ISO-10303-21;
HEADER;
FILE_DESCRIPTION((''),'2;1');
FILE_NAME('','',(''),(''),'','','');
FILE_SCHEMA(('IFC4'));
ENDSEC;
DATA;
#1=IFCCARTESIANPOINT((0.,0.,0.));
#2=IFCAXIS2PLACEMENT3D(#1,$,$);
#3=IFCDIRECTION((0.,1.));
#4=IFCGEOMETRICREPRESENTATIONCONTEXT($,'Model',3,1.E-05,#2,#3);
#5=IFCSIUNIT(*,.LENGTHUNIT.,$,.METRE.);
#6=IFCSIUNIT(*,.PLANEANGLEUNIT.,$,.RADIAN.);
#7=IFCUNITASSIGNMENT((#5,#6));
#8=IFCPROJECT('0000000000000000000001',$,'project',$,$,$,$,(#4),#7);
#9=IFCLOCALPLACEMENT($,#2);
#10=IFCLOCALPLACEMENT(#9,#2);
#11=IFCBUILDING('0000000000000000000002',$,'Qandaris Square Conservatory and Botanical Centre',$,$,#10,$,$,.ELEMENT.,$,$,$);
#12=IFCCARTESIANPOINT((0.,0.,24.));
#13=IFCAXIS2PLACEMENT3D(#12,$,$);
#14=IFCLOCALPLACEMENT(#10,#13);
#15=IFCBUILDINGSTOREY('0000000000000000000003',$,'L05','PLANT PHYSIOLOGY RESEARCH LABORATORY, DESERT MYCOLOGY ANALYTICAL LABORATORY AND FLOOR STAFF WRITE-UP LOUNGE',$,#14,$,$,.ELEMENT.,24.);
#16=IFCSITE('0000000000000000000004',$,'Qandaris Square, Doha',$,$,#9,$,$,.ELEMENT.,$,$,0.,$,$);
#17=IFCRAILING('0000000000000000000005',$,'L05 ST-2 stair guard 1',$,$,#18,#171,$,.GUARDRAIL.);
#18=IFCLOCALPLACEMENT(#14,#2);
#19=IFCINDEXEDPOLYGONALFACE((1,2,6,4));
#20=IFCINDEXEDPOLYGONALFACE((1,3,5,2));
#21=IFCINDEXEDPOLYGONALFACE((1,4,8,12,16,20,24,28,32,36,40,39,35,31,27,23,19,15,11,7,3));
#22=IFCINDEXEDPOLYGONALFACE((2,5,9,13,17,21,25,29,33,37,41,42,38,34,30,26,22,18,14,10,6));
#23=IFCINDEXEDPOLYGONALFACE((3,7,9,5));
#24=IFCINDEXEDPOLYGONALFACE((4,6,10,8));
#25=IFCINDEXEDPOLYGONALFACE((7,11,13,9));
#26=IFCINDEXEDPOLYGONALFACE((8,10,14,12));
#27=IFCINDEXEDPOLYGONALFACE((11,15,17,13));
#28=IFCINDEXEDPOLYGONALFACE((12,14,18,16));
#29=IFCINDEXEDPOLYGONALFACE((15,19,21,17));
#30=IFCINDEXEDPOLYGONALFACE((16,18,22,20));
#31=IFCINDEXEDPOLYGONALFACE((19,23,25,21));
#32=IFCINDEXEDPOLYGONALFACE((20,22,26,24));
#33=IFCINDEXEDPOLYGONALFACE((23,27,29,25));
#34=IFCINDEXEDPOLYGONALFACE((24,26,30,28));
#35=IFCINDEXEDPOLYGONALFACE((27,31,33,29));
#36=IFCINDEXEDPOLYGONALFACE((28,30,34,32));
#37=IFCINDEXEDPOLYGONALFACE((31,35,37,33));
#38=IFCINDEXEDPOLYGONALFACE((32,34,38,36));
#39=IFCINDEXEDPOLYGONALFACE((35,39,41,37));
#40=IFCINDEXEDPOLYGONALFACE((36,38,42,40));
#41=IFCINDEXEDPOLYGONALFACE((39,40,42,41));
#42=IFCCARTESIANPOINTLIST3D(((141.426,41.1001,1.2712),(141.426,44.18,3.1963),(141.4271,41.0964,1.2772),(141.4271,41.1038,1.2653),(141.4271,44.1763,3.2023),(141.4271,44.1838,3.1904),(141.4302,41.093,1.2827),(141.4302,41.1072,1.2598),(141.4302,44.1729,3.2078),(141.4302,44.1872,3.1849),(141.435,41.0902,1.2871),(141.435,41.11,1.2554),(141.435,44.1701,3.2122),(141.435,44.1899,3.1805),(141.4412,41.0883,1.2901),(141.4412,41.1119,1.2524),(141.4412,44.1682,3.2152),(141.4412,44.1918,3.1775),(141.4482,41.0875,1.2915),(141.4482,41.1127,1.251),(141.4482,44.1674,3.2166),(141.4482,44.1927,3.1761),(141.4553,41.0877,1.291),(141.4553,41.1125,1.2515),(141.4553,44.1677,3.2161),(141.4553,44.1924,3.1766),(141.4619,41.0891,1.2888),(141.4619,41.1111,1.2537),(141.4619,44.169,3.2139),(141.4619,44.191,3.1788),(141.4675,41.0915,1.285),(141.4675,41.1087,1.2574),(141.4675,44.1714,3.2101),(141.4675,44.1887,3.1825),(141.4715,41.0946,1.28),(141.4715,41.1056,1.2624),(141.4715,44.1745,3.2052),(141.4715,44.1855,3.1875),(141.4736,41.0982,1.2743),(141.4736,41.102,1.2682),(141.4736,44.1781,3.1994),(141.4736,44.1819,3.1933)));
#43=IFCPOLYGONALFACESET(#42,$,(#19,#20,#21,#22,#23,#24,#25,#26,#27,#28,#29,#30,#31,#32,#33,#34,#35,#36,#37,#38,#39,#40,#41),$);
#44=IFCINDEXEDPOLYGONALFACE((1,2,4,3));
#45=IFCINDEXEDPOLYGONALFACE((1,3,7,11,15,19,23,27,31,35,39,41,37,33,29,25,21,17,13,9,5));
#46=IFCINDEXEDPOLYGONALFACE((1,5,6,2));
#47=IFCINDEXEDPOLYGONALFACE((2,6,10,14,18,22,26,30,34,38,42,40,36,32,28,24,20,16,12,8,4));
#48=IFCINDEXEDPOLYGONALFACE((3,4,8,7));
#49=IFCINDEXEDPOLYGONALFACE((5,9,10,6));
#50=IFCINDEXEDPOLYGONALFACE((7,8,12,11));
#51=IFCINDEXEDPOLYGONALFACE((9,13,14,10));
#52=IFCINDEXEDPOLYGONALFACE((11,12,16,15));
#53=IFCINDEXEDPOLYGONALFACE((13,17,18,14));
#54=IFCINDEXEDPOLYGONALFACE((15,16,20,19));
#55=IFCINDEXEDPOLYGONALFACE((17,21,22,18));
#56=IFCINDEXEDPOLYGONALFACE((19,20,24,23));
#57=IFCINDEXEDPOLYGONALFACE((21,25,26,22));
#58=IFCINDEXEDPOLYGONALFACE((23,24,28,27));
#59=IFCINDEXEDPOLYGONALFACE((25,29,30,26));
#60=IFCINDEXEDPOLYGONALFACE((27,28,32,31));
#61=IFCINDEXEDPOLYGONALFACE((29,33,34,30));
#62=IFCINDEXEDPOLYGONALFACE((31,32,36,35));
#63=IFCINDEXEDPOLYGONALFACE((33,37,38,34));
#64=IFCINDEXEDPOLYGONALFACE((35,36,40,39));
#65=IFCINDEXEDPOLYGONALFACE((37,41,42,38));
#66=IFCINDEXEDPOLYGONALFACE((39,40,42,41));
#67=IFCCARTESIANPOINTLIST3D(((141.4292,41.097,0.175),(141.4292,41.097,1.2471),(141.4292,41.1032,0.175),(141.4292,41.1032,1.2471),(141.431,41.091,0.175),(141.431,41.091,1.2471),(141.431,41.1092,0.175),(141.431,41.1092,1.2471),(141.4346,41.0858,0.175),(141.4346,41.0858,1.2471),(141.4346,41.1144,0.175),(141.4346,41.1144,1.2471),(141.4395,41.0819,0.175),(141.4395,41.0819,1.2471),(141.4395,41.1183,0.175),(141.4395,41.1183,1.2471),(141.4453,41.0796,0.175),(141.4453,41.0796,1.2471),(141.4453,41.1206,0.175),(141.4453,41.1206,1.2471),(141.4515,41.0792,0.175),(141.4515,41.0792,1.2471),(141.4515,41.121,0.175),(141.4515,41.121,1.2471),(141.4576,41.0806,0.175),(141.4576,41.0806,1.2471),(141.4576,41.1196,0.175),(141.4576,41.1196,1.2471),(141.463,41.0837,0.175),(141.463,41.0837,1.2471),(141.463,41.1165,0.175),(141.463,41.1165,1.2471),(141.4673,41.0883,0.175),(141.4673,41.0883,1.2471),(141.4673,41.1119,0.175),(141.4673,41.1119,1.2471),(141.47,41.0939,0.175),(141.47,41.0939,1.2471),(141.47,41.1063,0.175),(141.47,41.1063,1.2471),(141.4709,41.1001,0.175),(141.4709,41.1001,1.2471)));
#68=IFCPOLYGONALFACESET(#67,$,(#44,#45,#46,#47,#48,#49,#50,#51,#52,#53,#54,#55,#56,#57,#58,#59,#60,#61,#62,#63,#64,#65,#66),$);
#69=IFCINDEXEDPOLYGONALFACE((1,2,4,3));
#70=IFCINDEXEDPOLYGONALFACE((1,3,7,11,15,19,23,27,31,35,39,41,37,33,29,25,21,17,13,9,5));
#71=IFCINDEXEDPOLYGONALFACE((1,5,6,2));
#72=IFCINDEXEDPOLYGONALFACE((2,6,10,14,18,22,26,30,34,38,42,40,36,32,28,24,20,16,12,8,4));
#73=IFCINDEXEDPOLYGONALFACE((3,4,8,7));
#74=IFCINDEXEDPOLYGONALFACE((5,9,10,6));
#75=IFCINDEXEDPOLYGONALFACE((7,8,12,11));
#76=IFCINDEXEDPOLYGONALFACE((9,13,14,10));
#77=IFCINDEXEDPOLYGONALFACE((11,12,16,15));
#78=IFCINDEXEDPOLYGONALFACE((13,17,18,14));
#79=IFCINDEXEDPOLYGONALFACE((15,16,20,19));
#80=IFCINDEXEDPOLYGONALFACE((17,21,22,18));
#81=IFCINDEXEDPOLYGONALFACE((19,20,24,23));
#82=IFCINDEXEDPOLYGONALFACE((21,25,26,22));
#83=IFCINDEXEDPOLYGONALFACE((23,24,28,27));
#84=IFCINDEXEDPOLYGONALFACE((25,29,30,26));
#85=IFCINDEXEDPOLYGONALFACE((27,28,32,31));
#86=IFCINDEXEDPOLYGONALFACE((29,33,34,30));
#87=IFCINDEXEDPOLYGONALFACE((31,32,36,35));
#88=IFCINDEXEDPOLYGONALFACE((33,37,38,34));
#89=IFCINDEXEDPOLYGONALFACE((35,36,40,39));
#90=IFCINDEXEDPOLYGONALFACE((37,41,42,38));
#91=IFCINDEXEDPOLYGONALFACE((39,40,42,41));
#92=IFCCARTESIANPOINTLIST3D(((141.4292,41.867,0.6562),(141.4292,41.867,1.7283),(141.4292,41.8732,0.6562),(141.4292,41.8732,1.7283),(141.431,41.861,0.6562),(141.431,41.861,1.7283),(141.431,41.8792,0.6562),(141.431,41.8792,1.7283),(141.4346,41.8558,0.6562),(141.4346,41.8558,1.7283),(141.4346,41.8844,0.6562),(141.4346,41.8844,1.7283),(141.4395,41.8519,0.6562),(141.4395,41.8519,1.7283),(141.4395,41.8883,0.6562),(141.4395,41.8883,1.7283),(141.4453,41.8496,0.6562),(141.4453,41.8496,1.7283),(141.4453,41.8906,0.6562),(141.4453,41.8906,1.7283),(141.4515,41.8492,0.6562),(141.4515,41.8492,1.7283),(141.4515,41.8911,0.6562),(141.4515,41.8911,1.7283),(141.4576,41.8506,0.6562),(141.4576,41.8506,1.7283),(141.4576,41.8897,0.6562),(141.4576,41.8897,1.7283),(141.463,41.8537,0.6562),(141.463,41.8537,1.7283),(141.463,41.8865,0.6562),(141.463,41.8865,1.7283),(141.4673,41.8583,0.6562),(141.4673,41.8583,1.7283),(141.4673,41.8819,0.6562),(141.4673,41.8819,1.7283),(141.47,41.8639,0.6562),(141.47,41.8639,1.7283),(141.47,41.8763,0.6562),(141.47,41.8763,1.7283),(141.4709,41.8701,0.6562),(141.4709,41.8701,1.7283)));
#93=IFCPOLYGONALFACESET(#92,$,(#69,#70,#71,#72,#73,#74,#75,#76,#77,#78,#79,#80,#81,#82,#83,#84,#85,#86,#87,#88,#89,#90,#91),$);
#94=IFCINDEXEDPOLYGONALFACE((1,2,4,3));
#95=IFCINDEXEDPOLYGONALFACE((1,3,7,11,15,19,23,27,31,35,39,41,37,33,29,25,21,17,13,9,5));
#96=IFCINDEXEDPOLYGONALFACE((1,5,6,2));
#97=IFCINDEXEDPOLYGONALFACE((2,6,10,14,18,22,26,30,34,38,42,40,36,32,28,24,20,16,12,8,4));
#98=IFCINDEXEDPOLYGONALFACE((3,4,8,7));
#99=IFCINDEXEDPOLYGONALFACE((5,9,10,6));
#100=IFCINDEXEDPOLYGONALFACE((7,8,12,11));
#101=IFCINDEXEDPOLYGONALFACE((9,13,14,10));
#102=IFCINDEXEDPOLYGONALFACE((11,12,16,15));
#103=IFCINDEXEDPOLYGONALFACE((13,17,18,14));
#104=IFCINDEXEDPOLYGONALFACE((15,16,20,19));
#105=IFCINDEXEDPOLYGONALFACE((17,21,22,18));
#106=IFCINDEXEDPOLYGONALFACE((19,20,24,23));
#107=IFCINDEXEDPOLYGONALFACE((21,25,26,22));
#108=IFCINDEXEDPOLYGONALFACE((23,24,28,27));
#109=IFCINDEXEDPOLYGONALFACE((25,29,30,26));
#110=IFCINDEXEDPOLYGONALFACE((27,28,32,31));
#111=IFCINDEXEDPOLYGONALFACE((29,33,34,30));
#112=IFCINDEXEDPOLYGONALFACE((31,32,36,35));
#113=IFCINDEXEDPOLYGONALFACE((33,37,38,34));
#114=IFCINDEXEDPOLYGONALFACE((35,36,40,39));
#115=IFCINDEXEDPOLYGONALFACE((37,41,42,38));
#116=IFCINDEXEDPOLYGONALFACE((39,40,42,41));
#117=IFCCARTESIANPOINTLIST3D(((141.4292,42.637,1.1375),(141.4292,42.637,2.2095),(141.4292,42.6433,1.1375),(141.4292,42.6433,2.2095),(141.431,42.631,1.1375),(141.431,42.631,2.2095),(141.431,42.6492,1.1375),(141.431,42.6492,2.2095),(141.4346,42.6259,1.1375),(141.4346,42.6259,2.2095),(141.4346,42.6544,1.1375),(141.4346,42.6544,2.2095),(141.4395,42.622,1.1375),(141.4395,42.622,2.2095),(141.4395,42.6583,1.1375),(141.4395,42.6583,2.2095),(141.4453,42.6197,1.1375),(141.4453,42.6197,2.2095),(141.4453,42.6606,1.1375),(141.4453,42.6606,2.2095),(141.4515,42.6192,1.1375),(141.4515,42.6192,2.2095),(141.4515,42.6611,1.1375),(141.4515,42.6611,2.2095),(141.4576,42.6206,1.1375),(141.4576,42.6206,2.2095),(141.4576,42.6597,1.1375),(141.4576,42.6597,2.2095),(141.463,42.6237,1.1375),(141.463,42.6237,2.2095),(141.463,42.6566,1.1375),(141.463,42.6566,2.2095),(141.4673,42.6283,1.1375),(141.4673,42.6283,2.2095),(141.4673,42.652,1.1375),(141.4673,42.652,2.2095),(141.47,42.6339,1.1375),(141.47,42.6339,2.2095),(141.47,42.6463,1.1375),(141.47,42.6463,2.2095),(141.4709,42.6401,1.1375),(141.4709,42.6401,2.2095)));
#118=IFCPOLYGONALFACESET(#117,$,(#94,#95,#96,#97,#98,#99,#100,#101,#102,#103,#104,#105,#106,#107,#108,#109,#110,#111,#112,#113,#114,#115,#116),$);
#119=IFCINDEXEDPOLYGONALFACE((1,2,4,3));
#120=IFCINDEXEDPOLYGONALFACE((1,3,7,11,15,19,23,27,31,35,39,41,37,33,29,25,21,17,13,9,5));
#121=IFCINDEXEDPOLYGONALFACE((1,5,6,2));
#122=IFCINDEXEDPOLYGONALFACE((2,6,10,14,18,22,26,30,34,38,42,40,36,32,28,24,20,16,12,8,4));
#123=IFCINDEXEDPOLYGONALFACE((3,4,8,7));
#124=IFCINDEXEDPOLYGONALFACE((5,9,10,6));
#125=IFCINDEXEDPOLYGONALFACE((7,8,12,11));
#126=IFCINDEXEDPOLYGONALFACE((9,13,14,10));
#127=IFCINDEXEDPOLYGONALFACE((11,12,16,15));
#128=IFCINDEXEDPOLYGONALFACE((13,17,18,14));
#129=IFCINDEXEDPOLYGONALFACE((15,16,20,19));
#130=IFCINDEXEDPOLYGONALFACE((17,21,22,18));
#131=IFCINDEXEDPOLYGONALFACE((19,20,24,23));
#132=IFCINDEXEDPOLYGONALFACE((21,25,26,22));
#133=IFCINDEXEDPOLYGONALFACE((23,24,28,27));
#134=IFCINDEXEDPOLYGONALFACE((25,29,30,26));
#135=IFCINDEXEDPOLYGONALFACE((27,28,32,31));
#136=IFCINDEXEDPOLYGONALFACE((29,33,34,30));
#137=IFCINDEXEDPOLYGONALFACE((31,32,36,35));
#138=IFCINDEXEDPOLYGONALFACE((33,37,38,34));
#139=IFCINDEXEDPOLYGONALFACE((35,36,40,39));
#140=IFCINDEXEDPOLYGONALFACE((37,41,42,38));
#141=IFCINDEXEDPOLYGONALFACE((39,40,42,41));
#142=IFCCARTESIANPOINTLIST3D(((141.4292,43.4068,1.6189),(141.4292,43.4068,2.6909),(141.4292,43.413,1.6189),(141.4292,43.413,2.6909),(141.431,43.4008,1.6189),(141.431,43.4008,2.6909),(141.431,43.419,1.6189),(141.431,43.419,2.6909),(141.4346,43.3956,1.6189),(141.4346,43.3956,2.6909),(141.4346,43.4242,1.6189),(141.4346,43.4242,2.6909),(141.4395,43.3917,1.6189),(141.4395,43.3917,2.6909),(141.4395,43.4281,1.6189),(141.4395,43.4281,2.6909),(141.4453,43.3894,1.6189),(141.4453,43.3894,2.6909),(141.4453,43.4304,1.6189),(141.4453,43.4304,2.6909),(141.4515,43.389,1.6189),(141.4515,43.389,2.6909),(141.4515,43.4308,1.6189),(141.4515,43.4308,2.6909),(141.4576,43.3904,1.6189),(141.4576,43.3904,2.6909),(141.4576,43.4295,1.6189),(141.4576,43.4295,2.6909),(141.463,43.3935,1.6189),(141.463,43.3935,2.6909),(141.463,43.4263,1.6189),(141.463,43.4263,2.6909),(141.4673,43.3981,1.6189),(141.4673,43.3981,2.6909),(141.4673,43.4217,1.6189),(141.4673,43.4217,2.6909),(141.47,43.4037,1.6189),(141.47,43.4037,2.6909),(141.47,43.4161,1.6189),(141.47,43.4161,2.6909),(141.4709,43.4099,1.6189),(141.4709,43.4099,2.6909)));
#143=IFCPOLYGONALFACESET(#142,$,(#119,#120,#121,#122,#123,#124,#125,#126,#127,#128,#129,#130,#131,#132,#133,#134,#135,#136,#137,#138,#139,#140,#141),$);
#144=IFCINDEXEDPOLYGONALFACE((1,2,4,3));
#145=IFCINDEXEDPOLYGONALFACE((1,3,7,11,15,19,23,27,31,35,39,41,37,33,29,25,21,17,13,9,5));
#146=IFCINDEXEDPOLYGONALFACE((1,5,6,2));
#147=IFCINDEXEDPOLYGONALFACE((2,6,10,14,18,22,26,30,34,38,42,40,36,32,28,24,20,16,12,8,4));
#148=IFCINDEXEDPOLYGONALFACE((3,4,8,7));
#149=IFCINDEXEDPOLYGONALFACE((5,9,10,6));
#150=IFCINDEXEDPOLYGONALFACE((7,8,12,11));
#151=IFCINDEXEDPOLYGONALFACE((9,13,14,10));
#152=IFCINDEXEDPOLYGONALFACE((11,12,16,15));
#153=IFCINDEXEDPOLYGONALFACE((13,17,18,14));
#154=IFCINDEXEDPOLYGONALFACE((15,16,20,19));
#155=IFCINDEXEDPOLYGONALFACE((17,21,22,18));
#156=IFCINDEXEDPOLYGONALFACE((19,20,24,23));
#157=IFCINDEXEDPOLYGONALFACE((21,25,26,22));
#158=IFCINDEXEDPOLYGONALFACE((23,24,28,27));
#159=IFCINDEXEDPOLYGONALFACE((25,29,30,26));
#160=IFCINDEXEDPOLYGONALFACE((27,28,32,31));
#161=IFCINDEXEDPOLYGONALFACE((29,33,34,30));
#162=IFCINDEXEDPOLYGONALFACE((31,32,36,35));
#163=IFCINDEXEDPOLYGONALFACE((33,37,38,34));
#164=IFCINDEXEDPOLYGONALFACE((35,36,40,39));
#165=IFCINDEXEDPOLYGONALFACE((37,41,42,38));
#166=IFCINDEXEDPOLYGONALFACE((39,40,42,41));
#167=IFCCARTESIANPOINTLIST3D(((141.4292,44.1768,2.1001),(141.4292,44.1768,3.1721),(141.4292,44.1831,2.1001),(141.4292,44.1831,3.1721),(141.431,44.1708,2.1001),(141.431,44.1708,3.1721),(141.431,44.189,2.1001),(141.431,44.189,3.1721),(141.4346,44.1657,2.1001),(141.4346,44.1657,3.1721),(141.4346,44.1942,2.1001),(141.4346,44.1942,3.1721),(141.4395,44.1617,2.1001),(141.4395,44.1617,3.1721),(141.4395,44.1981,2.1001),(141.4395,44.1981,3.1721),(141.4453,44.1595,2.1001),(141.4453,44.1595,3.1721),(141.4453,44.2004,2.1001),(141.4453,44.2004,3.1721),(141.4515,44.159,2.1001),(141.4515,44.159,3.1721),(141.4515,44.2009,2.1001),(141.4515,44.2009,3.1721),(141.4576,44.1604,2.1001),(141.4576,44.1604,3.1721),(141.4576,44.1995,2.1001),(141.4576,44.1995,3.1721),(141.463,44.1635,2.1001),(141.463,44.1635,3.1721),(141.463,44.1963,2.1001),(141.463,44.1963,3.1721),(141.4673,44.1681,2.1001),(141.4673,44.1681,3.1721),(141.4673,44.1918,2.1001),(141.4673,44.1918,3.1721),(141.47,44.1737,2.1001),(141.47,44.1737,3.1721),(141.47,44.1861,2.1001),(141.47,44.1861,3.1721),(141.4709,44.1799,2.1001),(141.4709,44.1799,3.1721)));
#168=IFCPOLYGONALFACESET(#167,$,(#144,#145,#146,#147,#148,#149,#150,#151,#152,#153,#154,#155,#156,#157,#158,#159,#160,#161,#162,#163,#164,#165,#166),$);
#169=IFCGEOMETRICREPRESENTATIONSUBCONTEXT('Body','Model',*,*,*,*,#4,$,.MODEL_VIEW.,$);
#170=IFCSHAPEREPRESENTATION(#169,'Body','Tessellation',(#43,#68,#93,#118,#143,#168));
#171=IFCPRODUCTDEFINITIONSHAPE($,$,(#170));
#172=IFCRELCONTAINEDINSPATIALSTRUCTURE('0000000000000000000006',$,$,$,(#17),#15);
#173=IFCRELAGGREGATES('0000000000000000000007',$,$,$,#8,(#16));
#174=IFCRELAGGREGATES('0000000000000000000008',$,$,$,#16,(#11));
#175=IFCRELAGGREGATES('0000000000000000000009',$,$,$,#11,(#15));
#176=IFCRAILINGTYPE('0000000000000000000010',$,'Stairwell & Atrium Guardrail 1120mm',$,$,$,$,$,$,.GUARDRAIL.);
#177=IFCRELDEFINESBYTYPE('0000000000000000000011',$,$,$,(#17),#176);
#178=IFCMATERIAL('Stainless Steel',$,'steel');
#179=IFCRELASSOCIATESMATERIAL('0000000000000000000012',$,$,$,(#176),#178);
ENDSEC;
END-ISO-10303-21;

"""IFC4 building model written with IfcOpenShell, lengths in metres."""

from ifc_helpers import new_model, si_unit, direction, frame, origin, origin_2d, place, context, subcontext, project, spatial, circle, extrude, material, type_object, element, save


model = new_model("IFC4")

# Units and contexts
model_context = context("Model", 3, precision=1e-05, world=origin(), true_north=direction((0.0, 1.0)))
body_context = subcontext(model_context, "Body", "Model", "MODEL_VIEW")
ifc_project = project(units=[si_unit("LENGTHUNIT", "METRE"), si_unit("PLANEANGLEUNIT", "RADIAN")], contexts=[model_context])

# Site, building, storey
site_placement = place(None, origin())
site = spatial("IfcSite", under=ifc_project, at=site_placement, Name="Qandaris Square, Doha", CompositionType="ELEMENT", RefElevation=0.0)
building_placement = place(site_placement, origin())
building = spatial("IfcBuilding", under=site, at=building_placement, Name="Qandaris Square Conservatory and Botanical Centre", CompositionType="ELEMENT")
storey_placement = place(building_placement, frame((0.0, 0.0, 24.0)))
storey = spatial("IfcBuildingStorey", under=building, at=storey_placement, Name="L05", Description="PLANT PHYSIOLOGY RESEARCH LABORATORY, DESERT MYCOLOGY ANALYTICAL LABORATORY AND FLOOR STAFF WRITE-UP LOUNGE", CompositionType="ELEMENT", Elevation=24.0)

# Railing
ifc_material_1 = material(Name="Stainless Steel", Category="steel")
railing_type_1 = type_object("IfcRailingType", Name="Stairwell & Atrium Guardrail 1120mm", PredefinedType="GUARDRAIL", material=ifc_material_1)
railing_1_placement = place(storey_placement, frame((141.45, 41.1001, 0.175)))
element("IfcRailing", 1, at=railing_1_placement, inside=storey, type_object=railing_type_1, Name="L05 ST-2 stair guard 1", PredefinedType="GUARDRAIL", context=body_context, shape_type="SweptSolid", body=[
    extrude(circle(Radius=0.0239, at=origin_2d()), frame((0.0, 0.0, 1.0962), z_axis=(0.0, 0.847979, 0.530029), x_axis=(-1.0, 0.0, 0.0)), (0.0, 0.0, 1.0), 3.6321),
    extrude(circle(Radius=0.021, at=origin_2d()), origin(), (0.0, 0.0, 1.0), 1.072),
    extrude(circle(Radius=0.021, at=origin_2d()), frame((0.0, 0.77, 0.4812)), (0.0, 0.0, 1.0), 1.072),
    extrude(circle(Radius=0.021, at=origin_2d()), frame((0.0, 1.54, 0.9624)), (0.0, 0.0, 1.0), 1.072),
    extrude(circle(Radius=0.021, at=origin_2d()), frame((0.0, 2.3098, 1.4438)), (0.0, 0.0, 1.0), 1.072),
    extrude(circle(Radius=0.021, at=origin_2d()), frame((0.0, 3.0798, 1.925)), (0.0, 0.0, 1.0), 1.072),
])

save(model, "model.ifc")
